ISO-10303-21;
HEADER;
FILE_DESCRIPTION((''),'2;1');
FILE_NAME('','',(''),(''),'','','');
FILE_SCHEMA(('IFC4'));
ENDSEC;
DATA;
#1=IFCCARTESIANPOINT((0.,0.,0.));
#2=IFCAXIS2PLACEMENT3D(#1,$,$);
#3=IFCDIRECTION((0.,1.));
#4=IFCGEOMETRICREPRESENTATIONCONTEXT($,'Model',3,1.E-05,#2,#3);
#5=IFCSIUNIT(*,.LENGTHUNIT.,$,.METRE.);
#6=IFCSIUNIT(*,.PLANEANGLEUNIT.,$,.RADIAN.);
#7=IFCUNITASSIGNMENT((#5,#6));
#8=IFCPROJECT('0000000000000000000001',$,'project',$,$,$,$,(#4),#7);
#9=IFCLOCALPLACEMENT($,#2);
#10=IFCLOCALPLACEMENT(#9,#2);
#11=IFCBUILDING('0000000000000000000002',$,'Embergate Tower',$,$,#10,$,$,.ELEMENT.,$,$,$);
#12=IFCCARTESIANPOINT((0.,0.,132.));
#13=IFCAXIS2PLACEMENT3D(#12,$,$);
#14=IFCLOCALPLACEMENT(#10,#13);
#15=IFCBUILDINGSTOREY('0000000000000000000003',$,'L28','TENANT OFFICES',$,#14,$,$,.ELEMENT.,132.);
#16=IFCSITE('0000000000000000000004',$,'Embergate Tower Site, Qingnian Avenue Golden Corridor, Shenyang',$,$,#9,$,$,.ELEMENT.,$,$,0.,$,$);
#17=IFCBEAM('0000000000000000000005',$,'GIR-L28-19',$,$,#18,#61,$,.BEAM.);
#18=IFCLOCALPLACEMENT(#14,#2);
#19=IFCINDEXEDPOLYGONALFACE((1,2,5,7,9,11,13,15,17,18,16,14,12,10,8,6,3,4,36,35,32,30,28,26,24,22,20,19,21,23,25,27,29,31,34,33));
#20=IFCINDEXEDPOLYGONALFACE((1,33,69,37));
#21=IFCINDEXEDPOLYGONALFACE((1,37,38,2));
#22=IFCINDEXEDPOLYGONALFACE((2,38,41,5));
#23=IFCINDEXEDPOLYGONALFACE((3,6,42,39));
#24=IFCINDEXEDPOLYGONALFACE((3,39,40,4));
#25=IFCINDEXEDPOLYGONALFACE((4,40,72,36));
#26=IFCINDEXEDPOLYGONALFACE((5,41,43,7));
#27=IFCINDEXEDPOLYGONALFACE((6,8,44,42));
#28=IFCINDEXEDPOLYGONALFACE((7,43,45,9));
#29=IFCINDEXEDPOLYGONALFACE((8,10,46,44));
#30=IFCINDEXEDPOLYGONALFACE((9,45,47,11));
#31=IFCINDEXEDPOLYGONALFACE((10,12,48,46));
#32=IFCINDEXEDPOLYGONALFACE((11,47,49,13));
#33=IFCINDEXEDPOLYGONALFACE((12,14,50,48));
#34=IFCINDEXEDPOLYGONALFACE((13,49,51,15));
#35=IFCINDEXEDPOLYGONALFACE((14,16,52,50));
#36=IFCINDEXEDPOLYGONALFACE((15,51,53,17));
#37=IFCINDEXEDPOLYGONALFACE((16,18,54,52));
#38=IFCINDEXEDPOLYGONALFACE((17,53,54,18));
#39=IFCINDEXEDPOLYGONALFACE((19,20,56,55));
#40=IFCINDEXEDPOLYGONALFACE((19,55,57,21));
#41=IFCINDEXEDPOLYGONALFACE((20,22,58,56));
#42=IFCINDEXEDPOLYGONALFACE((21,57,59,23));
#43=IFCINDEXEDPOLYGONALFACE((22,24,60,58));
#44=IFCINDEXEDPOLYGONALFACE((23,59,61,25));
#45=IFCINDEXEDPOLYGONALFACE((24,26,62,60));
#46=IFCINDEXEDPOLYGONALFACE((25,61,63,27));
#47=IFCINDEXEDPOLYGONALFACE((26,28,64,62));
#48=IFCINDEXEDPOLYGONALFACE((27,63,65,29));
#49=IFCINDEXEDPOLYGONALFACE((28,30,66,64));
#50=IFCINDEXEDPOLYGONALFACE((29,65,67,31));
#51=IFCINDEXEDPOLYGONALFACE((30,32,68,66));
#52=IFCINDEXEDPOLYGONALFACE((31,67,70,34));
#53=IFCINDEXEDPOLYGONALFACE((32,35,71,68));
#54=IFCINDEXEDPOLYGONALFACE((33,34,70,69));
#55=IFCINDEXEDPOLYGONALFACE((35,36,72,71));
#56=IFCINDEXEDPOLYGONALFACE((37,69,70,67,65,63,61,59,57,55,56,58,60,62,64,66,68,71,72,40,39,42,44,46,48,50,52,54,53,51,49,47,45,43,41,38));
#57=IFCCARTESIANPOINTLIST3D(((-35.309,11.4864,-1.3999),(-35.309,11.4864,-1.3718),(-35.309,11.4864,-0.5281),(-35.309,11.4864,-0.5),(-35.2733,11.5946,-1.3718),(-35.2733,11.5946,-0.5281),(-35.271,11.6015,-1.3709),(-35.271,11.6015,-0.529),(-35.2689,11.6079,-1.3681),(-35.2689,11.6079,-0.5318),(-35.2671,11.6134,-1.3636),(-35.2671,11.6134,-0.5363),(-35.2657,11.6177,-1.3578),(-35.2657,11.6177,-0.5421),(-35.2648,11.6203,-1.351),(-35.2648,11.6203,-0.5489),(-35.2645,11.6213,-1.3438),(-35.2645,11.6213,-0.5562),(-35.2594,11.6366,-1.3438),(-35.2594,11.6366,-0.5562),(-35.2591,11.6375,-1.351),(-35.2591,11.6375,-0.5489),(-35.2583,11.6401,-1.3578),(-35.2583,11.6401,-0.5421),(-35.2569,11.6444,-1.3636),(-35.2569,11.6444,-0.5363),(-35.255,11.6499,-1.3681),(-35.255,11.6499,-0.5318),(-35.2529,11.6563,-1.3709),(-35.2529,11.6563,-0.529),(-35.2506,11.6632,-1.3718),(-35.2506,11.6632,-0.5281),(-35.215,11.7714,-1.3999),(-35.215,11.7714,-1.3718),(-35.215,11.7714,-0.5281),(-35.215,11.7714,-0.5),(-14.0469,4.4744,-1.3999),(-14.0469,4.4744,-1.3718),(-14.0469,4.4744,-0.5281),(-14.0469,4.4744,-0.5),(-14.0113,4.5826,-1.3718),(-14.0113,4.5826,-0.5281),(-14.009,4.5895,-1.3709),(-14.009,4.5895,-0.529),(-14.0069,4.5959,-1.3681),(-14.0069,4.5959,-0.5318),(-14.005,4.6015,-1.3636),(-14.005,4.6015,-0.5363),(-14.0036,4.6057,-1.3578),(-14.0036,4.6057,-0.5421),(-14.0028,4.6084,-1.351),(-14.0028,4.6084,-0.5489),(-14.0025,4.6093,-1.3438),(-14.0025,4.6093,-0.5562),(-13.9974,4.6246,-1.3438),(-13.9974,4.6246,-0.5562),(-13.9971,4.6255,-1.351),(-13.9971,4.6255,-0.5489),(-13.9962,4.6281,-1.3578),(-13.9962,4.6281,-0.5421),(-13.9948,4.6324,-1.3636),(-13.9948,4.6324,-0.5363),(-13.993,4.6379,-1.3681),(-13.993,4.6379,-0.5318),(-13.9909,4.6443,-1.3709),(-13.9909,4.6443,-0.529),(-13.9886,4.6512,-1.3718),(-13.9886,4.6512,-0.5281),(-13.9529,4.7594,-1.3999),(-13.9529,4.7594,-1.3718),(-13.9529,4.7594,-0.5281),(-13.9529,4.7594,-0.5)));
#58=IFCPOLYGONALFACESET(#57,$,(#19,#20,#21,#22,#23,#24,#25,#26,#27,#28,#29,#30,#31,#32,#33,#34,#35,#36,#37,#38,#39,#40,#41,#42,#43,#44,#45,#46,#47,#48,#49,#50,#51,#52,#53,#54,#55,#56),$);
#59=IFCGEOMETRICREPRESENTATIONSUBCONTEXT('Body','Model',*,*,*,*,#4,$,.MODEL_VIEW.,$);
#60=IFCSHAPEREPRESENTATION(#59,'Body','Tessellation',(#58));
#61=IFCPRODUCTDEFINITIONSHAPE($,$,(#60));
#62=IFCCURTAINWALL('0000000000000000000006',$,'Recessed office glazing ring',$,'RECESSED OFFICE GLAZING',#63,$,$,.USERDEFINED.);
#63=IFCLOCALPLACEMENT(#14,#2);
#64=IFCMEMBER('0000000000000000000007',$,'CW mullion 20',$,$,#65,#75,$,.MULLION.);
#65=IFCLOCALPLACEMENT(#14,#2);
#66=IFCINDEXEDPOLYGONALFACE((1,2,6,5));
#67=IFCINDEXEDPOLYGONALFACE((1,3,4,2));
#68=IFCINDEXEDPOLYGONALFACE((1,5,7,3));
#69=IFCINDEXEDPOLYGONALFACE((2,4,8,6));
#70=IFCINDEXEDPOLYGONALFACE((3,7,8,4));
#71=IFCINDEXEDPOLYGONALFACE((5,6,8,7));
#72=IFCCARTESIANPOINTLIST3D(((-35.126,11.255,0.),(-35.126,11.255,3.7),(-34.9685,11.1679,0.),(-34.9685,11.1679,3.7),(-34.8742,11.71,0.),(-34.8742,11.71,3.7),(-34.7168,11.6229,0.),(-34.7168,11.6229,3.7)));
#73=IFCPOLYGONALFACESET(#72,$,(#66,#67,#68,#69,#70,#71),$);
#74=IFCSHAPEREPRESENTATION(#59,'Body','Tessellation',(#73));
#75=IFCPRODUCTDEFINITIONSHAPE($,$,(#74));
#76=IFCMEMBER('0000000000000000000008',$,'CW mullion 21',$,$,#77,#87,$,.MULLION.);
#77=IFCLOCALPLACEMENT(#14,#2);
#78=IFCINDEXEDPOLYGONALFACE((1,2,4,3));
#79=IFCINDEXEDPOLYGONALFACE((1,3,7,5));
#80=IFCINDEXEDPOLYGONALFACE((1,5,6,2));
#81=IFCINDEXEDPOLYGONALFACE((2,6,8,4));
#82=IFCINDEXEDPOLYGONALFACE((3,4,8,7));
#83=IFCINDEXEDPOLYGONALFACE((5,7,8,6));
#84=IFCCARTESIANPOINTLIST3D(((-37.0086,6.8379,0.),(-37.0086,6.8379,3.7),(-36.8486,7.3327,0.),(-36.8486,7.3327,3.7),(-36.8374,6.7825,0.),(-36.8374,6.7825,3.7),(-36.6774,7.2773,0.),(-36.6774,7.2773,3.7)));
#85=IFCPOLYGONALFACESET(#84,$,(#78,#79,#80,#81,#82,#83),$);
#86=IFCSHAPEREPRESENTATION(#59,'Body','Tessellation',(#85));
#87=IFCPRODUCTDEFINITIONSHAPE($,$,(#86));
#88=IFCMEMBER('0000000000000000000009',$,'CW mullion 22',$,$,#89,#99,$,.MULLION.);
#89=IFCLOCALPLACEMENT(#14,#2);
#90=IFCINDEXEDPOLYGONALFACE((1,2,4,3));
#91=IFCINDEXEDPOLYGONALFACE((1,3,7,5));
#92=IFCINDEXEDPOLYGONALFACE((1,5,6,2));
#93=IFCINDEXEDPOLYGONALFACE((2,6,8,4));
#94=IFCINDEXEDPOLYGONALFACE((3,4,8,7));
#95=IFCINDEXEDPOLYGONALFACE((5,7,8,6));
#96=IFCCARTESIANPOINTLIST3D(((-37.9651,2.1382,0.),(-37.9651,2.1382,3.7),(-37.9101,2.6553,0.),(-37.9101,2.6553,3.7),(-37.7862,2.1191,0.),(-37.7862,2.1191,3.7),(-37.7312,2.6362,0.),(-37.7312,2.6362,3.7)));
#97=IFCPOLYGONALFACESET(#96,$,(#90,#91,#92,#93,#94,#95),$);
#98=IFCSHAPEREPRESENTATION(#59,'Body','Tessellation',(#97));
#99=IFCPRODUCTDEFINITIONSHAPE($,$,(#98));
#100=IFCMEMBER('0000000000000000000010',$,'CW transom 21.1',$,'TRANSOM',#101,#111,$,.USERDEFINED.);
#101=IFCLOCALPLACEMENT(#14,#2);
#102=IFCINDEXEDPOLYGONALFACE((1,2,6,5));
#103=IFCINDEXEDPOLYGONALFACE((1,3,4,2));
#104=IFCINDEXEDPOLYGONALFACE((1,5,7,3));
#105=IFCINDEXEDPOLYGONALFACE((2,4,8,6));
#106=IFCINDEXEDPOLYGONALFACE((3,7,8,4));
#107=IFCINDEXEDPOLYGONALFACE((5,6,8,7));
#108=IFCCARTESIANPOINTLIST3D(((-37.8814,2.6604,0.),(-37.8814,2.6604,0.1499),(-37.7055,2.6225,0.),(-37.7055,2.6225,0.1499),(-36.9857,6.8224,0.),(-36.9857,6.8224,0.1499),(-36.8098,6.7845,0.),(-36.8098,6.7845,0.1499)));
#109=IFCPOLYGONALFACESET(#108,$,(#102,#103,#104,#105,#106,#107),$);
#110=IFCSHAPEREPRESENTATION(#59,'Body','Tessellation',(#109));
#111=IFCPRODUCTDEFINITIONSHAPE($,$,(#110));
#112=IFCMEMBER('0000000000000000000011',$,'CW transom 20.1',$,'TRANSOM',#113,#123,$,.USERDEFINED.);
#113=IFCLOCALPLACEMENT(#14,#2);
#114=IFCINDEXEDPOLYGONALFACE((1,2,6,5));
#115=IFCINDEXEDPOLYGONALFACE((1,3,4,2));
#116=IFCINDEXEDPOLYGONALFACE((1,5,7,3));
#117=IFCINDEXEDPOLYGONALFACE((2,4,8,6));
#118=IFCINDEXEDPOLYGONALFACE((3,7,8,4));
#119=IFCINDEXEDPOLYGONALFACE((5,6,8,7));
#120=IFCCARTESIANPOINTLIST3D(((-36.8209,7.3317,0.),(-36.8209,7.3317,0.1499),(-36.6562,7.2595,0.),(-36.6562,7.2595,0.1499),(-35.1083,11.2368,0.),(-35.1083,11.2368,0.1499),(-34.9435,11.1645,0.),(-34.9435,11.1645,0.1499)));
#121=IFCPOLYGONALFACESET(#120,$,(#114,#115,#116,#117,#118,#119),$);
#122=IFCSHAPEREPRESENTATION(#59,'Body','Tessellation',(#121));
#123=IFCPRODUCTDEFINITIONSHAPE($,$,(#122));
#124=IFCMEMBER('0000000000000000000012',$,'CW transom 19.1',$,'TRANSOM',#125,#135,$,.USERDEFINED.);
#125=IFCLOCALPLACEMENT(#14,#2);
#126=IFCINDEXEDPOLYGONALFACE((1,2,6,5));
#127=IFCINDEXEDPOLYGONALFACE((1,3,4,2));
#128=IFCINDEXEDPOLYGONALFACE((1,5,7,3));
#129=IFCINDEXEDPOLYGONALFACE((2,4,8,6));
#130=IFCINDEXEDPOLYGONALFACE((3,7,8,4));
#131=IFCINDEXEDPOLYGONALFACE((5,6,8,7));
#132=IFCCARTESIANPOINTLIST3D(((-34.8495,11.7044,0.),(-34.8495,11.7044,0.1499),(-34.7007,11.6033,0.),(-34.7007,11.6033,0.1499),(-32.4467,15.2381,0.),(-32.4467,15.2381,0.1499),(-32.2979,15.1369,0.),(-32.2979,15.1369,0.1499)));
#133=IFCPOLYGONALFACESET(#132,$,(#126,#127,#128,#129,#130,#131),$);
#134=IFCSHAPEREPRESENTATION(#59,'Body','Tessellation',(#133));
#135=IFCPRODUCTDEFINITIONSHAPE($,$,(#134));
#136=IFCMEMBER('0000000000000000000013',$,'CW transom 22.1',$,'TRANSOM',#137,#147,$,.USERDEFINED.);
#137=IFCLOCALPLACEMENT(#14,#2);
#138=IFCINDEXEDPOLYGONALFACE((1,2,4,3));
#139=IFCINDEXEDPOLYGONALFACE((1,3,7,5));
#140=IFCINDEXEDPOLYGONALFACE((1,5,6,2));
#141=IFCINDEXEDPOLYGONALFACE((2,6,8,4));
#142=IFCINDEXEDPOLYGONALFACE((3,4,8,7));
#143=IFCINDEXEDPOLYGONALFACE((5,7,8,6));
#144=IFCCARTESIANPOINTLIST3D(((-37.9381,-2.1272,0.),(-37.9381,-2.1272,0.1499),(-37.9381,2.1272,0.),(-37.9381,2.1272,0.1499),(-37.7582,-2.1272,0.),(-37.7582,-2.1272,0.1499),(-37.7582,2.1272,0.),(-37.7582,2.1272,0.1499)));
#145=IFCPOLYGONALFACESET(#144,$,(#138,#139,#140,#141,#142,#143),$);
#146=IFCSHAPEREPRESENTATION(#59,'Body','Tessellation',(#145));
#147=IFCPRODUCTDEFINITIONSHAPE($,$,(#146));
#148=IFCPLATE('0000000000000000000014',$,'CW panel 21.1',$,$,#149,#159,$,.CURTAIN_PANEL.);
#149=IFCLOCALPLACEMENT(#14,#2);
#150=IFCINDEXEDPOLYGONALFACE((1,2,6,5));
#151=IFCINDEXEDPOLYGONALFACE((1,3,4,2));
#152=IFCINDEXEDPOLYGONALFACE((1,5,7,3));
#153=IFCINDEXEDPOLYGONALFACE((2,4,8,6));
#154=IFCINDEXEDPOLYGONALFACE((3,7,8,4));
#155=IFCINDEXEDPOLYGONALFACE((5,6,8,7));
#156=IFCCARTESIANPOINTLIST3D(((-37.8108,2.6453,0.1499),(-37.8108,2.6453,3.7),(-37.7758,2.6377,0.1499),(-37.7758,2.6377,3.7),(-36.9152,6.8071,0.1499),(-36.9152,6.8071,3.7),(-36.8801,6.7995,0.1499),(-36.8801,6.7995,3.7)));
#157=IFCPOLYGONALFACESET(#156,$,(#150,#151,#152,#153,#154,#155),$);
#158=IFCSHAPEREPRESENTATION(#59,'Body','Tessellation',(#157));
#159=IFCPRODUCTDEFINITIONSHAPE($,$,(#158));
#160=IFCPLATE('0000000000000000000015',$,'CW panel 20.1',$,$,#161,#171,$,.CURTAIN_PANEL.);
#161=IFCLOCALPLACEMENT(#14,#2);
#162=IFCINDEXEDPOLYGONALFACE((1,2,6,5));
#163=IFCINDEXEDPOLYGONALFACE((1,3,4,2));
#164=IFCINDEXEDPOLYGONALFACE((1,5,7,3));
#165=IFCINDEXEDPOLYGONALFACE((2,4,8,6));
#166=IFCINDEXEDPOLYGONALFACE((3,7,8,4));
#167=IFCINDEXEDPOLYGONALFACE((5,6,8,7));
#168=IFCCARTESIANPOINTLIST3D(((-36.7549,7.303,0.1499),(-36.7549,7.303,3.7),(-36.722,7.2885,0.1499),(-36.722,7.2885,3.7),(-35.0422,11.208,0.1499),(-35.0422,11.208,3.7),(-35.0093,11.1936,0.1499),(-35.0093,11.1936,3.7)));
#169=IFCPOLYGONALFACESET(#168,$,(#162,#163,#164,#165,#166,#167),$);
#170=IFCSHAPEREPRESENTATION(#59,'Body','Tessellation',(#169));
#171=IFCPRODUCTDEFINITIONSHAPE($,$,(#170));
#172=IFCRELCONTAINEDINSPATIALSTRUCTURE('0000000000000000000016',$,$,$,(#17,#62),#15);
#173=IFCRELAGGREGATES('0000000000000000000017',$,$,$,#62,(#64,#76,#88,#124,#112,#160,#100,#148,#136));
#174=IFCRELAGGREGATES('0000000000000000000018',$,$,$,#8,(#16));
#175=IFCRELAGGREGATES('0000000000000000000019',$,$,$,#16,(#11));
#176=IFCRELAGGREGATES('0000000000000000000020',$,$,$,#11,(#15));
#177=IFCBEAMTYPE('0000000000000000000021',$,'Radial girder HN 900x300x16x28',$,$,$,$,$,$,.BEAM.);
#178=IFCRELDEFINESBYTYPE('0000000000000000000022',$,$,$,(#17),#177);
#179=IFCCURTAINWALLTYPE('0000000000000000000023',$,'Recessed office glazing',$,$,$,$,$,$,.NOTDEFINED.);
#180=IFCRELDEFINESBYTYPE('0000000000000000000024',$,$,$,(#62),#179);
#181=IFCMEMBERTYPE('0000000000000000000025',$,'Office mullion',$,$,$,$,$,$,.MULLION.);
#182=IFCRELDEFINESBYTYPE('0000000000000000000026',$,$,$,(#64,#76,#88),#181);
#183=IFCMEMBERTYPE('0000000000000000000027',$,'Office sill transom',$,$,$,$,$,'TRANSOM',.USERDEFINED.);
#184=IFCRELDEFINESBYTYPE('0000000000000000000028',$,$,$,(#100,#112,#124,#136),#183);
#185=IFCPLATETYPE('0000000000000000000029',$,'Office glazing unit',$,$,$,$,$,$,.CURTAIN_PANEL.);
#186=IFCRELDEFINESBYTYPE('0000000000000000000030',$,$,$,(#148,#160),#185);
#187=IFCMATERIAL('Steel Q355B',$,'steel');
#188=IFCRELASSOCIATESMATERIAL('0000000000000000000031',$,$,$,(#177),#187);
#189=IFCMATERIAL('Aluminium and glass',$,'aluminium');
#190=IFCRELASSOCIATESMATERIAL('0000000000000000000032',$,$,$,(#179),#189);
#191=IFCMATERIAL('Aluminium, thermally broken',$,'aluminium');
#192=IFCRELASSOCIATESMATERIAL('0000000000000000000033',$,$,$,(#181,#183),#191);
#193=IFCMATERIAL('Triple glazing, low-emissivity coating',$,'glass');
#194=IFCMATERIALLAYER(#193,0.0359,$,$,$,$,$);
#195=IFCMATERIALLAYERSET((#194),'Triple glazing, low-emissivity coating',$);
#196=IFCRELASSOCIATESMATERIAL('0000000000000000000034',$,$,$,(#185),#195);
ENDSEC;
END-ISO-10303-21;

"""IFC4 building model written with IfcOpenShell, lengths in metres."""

from ifc_helpers import new_model, si_unit, direction, frame, origin, origin_2d, place, context, subcontext, project, spatial, rectangle, i_section, extrude, source, transform, mapped, material, layer, layer_set, material_profile, profile_set, type_object, element, aggregate, save


model = new_model("IFC4")

# Units and contexts
model_context = context("Model", 3, precision=1e-05, world=origin(), true_north=direction((0.0, 1.0)))
body_context = subcontext(model_context, "Body", "Model", "MODEL_VIEW")
ifc_project = project(units=[si_unit("LENGTHUNIT", "METRE"), si_unit("PLANEANGLEUNIT", "RADIAN")], contexts=[model_context])

# Site, building, storey
site_placement = place(None, origin())
site = spatial("IfcSite", under=ifc_project, at=site_placement, Name="Embergate Tower Site, Qingnian Avenue Golden Corridor, Shenyang", CompositionType="ELEMENT", RefElevation=0.0)
building_placement = place(site_placement, origin())
building = spatial("IfcBuilding", under=site, at=building_placement, Name="Embergate Tower", CompositionType="ELEMENT")
storey_placement = place(building_placement, frame((0.0, 0.0, 132.0)))
storey = spatial("IfcBuildingStorey", under=building, at=storey_placement, Name="L28", Description="TENANT OFFICES", CompositionType="ELEMENT", Elevation=132.0)

# Beam
ifc_material_1 = material(Name="Steel Q355B", Category="steel")
ifc_material_profile_1 = material_profile(ifc_material_1, i_section(OverallWidth=0.3, OverallDepth=0.8999, WebThickness=0.0161, FlangeThickness=0.0281, FilletRadius=0.0281, at=origin_2d()), Name="HN 900x300x16x28")
ifc_profile_set_1 = profile_set([ifc_material_profile_1], Name="Steel Q355 grade B")
beam_type_1 = type_object("IfcBeamType", Name="Radial girder HN 900x300x16x28", PredefinedType="BEAM", material=ifc_profile_set_1)
shared_shape_1 = source(origin(), body_context, "Body", "SweptSolid", [
    extrude(i_section(OverallWidth=0.3, OverallDepth=0.8999, WebThickness=0.0161, FlangeThickness=0.0281, FilletRadius=0.0281, at=origin_2d()), origin(), (0.0, 0.0, 1.0), 22.3884),
])
beam_1_placement = place(storey_placement, frame((-35.262, 11.6289, -0.95), z_axis=(0.949688, -0.313197, 0.0), x_axis=(0.313197, 0.949688, 0.0)))
element("IfcBeam", 1, at=beam_1_placement, inside=storey, type_object=beam_type_1, Name="GIR-L28-19", PredefinedType="BEAM", context=body_context, shape_type="MappedRepresentation", body=[
    mapped(shared_shape_1, transform((0.0, 0.0, 0.0))),
])

# Curtain wall, members, plates
ifc_material_2 = material(Name="Aluminium and glass", Category="aluminium")
curtain_wall_type = type_object("IfcCurtainWallType", Name="Recessed office glazing", PredefinedType="NOTDEFINED", material=ifc_material_2)
curtain_wall_placement = place(storey_placement, origin())
curtain_wall = element("IfcCurtainWall", 2, at=curtain_wall_placement, inside=storey, type_object=curtain_wall_type, Name="Recessed office glazing ring", ObjectType="RECESSED OFFICE GLAZING", PredefinedType="USERDEFINED")
ifc_material_3 = material(Name="Aluminium, thermally broken", Category="aluminium")
ifc_material_profile_2 = material_profile(ifc_material_3, rectangle(XDim=0.1799, YDim=0.52, at=origin_2d()), Name="AL 520x180")
ifc_profile_set_2 = profile_set([ifc_material_profile_2], Name="Aluminium, thermally broken")
member_type_1 = type_object("IfcMemberType", Name="Office mullion", PredefinedType="MULLION", material=ifc_profile_set_2)
shared_shape_2 = source(origin(), body_context, "Body", "SweptSolid", [
    extrude(rectangle(XDim=0.1799, YDim=0.52, at=origin_2d()), origin(), (0.0, 0.0, 1.0), 3.7),
])
member_1_placement = place(storey_placement, frame((-34.9214, 11.439, 0.0), z_axis=(0.0, 0.0, 1.0), x_axis=(0.875002, -0.484119, 0.0)))
member_1 = element("IfcMember", 3, at=member_1_placement, type_object=member_type_1, Name="CW mullion 20", PredefinedType="MULLION", context=body_context, shape_type="MappedRepresentation", body=[
    mapped(shared_shape_2, transform((0.0, 0.0, 0.0))),
])
member_2_placement = place(storey_placement, frame((-36.843, 7.0576, 0.0), z_axis=(0.0, 0.0, 1.0), x_axis=(0.951498, -0.307654, 0.0)))
member_2 = element("IfcMember", 4, at=member_2_placement, type_object=member_type_1, Name="CW mullion 21", PredefinedType="MULLION", context=body_context, shape_type="MappedRepresentation", body=[
    mapped(shared_shape_2, transform((0.0, 0.0, 0.0))),
])
member_3_placement = place(storey_placement, frame((-37.8481, 2.3872, 0.0), z_axis=(0.0, 0.0, 1.0), x_axis=(0.994385, -0.105823, 0.0)))
member_3 = element("IfcMember", 5, at=member_3_placement, type_object=member_type_1, Name="CW mullion 22", PredefinedType="MULLION", context=body_context, shape_type="MappedRepresentation", body=[
    mapped(shared_shape_2, transform((0.0, 0.0, 0.0))),
])
ifc_material_profile_3 = material_profile(ifc_material_3, rectangle(XDim=0.1799, YDim=0.1499, at=origin_2d()), Name="AL 150x180")
ifc_profile_set_3 = profile_set([ifc_material_profile_3], Name="Aluminium, thermally broken")
member_type_2 = type_object("IfcMemberType", Name="Office sill transom", ElementType="TRANSOM", PredefinedType="USERDEFINED", material=ifc_profile_set_3)
shared_shape_3 = source(origin(), body_context, "Body", "SweptSolid", [
    extrude(rectangle(XDim=0.1799, YDim=0.1499, at=origin_2d()), origin(), (0.0, 0.0, 1.0), 4.2573),
])
member_4_placement = place(storey_placement, frame((-36.8977, 6.8035, 0.075), z_axis=(-0.210398, -0.977616, 0.0), x_axis=(0.977616, -0.210398, 0.0)))
member_4 = element("IfcMember", 6, at=member_4_placement, type_object=member_type_2, Name="CW transom 21.1", ObjectType="TRANSOM", PredefinedType="USERDEFINED", context=body_context, shape_type="MappedRepresentation", body=[
    mapped(shared_shape_3, transform((0.0, 0.0, 0.0))),
])
shared_shape_4 = source(origin(), body_context, "Body", "SweptSolid", [
    extrude(rectangle(XDim=0.1799, YDim=0.1499, at=origin_2d()), origin(), (0.0, 0.0, 1.0), 4.2642),
])
member_5_placement = place(storey_placement, frame((-35.0259, 11.2007, 0.075), z_axis=(-0.401645, -0.915796, 0.0), x_axis=(0.915796, -0.401645, 0.0)))
member_5 = element("IfcMember", 7, at=member_5_placement, type_object=member_type_2, Name="CW transom 20.1", ObjectType="TRANSOM", PredefinedType="USERDEFINED", context=body_context, shape_type="MappedRepresentation", body=[
    mapped(shared_shape_4, transform((0.0, 0.0, 0.0))),
])
shared_shape_5 = source(origin(), body_context, "Body", "SweptSolid", [
    extrude(rectangle(XDim=0.1799, YDim=0.1499, at=origin_2d()), origin(), (0.0, 0.0, 1.0), 4.2732),
])
member_6_placement = place(storey_placement, frame((-32.3723, 15.1875, 0.075), z_axis=(-0.562298, -0.826935, 0.0), x_axis=(0.826935, -0.562298, 0.0)))
member_6 = element("IfcMember", 8, at=member_6_placement, type_object=member_type_2, Name="CW transom 19.1", ObjectType="TRANSOM", PredefinedType="USERDEFINED", context=body_context, shape_type="MappedRepresentation", body=[
    mapped(shared_shape_5, transform((0.0, 0.0, 0.0))),
])
shared_shape_6 = source(origin(), body_context, "Body", "SweptSolid", [
    extrude(rectangle(XDim=0.1799, YDim=0.1499, at=origin_2d()), origin(), (0.0, 0.0, 1.0), 4.2544),
])
member_7_placement = place(storey_placement, frame((-37.8481, 2.1272, 0.075), z_axis=(0.0, -1.0, 0.0), x_axis=(1.0, 0.0, 0.0)))
member_7 = element("IfcMember", 9, at=member_7_placement, type_object=member_type_2, Name="CW transom 22.1", ObjectType="TRANSOM", PredefinedType="USERDEFINED", context=body_context, shape_type="MappedRepresentation", body=[
    mapped(shared_shape_6, transform((0.0, 0.0, 0.0))),
])
ifc_material_4 = material(Name="Triple glazing, low-emissivity coating", Category="glass")
ifc_layer_1 = layer(ifc_material_4, 0.0359)
ifc_layer_set_1 = layer_set([ifc_layer_1], Name="Triple glazing, low-emissivity coating")
plate_type = type_object("IfcPlateType", Name="Office glazing unit", PredefinedType="CURTAIN_PANEL", material=ifc_layer_set_1)
shared_shape_7 = source(origin(), body_context, "Body", "SweptSolid", [
    extrude(rectangle(XDim=4.2571, YDim=0.0359, at=origin_2d()), origin(), (0.0, 0.0, 1.0), 3.55),
])
plate_1_placement = place(storey_placement, frame((-37.3455, 4.7224, 0.1499), z_axis=(0.0, 0.0, 1.0), x_axis=(-0.210398, -0.977616, 0.0)))
plate_1 = element("IfcPlate", 10, at=plate_1_placement, type_object=plate_type, Name="CW panel 21.1", PredefinedType="CURTAIN_PANEL", context=body_context, shape_type="MappedRepresentation", body=[
    mapped(shared_shape_7, transform((0.0, 0.0, 0.0))),
])
shared_shape_8 = source(origin(), body_context, "Body", "SweptSolid", [
    extrude(rectangle(XDim=4.2642, YDim=0.0359, at=origin_2d()), origin(), (0.0, 0.0, 1.0), 3.55),
])
plate_2_placement = place(storey_placement, frame((-35.8821, 9.2483, 0.1499), z_axis=(0.0, 0.0, 1.0), x_axis=(-0.401655, -0.915791, 0.0)))
plate_2 = element("IfcPlate", 11, at=plate_2_placement, type_object=plate_type, Name="CW panel 20.1", PredefinedType="CURTAIN_PANEL", context=body_context, shape_type="MappedRepresentation", body=[
    mapped(shared_shape_8, transform((0.0, 0.0, 0.0))),
])
aggregate(curtain_wall, [member_1, member_2, member_3, member_6, member_5, plate_2, member_4, plate_1, member_7])

save(model, "model.ifc")
